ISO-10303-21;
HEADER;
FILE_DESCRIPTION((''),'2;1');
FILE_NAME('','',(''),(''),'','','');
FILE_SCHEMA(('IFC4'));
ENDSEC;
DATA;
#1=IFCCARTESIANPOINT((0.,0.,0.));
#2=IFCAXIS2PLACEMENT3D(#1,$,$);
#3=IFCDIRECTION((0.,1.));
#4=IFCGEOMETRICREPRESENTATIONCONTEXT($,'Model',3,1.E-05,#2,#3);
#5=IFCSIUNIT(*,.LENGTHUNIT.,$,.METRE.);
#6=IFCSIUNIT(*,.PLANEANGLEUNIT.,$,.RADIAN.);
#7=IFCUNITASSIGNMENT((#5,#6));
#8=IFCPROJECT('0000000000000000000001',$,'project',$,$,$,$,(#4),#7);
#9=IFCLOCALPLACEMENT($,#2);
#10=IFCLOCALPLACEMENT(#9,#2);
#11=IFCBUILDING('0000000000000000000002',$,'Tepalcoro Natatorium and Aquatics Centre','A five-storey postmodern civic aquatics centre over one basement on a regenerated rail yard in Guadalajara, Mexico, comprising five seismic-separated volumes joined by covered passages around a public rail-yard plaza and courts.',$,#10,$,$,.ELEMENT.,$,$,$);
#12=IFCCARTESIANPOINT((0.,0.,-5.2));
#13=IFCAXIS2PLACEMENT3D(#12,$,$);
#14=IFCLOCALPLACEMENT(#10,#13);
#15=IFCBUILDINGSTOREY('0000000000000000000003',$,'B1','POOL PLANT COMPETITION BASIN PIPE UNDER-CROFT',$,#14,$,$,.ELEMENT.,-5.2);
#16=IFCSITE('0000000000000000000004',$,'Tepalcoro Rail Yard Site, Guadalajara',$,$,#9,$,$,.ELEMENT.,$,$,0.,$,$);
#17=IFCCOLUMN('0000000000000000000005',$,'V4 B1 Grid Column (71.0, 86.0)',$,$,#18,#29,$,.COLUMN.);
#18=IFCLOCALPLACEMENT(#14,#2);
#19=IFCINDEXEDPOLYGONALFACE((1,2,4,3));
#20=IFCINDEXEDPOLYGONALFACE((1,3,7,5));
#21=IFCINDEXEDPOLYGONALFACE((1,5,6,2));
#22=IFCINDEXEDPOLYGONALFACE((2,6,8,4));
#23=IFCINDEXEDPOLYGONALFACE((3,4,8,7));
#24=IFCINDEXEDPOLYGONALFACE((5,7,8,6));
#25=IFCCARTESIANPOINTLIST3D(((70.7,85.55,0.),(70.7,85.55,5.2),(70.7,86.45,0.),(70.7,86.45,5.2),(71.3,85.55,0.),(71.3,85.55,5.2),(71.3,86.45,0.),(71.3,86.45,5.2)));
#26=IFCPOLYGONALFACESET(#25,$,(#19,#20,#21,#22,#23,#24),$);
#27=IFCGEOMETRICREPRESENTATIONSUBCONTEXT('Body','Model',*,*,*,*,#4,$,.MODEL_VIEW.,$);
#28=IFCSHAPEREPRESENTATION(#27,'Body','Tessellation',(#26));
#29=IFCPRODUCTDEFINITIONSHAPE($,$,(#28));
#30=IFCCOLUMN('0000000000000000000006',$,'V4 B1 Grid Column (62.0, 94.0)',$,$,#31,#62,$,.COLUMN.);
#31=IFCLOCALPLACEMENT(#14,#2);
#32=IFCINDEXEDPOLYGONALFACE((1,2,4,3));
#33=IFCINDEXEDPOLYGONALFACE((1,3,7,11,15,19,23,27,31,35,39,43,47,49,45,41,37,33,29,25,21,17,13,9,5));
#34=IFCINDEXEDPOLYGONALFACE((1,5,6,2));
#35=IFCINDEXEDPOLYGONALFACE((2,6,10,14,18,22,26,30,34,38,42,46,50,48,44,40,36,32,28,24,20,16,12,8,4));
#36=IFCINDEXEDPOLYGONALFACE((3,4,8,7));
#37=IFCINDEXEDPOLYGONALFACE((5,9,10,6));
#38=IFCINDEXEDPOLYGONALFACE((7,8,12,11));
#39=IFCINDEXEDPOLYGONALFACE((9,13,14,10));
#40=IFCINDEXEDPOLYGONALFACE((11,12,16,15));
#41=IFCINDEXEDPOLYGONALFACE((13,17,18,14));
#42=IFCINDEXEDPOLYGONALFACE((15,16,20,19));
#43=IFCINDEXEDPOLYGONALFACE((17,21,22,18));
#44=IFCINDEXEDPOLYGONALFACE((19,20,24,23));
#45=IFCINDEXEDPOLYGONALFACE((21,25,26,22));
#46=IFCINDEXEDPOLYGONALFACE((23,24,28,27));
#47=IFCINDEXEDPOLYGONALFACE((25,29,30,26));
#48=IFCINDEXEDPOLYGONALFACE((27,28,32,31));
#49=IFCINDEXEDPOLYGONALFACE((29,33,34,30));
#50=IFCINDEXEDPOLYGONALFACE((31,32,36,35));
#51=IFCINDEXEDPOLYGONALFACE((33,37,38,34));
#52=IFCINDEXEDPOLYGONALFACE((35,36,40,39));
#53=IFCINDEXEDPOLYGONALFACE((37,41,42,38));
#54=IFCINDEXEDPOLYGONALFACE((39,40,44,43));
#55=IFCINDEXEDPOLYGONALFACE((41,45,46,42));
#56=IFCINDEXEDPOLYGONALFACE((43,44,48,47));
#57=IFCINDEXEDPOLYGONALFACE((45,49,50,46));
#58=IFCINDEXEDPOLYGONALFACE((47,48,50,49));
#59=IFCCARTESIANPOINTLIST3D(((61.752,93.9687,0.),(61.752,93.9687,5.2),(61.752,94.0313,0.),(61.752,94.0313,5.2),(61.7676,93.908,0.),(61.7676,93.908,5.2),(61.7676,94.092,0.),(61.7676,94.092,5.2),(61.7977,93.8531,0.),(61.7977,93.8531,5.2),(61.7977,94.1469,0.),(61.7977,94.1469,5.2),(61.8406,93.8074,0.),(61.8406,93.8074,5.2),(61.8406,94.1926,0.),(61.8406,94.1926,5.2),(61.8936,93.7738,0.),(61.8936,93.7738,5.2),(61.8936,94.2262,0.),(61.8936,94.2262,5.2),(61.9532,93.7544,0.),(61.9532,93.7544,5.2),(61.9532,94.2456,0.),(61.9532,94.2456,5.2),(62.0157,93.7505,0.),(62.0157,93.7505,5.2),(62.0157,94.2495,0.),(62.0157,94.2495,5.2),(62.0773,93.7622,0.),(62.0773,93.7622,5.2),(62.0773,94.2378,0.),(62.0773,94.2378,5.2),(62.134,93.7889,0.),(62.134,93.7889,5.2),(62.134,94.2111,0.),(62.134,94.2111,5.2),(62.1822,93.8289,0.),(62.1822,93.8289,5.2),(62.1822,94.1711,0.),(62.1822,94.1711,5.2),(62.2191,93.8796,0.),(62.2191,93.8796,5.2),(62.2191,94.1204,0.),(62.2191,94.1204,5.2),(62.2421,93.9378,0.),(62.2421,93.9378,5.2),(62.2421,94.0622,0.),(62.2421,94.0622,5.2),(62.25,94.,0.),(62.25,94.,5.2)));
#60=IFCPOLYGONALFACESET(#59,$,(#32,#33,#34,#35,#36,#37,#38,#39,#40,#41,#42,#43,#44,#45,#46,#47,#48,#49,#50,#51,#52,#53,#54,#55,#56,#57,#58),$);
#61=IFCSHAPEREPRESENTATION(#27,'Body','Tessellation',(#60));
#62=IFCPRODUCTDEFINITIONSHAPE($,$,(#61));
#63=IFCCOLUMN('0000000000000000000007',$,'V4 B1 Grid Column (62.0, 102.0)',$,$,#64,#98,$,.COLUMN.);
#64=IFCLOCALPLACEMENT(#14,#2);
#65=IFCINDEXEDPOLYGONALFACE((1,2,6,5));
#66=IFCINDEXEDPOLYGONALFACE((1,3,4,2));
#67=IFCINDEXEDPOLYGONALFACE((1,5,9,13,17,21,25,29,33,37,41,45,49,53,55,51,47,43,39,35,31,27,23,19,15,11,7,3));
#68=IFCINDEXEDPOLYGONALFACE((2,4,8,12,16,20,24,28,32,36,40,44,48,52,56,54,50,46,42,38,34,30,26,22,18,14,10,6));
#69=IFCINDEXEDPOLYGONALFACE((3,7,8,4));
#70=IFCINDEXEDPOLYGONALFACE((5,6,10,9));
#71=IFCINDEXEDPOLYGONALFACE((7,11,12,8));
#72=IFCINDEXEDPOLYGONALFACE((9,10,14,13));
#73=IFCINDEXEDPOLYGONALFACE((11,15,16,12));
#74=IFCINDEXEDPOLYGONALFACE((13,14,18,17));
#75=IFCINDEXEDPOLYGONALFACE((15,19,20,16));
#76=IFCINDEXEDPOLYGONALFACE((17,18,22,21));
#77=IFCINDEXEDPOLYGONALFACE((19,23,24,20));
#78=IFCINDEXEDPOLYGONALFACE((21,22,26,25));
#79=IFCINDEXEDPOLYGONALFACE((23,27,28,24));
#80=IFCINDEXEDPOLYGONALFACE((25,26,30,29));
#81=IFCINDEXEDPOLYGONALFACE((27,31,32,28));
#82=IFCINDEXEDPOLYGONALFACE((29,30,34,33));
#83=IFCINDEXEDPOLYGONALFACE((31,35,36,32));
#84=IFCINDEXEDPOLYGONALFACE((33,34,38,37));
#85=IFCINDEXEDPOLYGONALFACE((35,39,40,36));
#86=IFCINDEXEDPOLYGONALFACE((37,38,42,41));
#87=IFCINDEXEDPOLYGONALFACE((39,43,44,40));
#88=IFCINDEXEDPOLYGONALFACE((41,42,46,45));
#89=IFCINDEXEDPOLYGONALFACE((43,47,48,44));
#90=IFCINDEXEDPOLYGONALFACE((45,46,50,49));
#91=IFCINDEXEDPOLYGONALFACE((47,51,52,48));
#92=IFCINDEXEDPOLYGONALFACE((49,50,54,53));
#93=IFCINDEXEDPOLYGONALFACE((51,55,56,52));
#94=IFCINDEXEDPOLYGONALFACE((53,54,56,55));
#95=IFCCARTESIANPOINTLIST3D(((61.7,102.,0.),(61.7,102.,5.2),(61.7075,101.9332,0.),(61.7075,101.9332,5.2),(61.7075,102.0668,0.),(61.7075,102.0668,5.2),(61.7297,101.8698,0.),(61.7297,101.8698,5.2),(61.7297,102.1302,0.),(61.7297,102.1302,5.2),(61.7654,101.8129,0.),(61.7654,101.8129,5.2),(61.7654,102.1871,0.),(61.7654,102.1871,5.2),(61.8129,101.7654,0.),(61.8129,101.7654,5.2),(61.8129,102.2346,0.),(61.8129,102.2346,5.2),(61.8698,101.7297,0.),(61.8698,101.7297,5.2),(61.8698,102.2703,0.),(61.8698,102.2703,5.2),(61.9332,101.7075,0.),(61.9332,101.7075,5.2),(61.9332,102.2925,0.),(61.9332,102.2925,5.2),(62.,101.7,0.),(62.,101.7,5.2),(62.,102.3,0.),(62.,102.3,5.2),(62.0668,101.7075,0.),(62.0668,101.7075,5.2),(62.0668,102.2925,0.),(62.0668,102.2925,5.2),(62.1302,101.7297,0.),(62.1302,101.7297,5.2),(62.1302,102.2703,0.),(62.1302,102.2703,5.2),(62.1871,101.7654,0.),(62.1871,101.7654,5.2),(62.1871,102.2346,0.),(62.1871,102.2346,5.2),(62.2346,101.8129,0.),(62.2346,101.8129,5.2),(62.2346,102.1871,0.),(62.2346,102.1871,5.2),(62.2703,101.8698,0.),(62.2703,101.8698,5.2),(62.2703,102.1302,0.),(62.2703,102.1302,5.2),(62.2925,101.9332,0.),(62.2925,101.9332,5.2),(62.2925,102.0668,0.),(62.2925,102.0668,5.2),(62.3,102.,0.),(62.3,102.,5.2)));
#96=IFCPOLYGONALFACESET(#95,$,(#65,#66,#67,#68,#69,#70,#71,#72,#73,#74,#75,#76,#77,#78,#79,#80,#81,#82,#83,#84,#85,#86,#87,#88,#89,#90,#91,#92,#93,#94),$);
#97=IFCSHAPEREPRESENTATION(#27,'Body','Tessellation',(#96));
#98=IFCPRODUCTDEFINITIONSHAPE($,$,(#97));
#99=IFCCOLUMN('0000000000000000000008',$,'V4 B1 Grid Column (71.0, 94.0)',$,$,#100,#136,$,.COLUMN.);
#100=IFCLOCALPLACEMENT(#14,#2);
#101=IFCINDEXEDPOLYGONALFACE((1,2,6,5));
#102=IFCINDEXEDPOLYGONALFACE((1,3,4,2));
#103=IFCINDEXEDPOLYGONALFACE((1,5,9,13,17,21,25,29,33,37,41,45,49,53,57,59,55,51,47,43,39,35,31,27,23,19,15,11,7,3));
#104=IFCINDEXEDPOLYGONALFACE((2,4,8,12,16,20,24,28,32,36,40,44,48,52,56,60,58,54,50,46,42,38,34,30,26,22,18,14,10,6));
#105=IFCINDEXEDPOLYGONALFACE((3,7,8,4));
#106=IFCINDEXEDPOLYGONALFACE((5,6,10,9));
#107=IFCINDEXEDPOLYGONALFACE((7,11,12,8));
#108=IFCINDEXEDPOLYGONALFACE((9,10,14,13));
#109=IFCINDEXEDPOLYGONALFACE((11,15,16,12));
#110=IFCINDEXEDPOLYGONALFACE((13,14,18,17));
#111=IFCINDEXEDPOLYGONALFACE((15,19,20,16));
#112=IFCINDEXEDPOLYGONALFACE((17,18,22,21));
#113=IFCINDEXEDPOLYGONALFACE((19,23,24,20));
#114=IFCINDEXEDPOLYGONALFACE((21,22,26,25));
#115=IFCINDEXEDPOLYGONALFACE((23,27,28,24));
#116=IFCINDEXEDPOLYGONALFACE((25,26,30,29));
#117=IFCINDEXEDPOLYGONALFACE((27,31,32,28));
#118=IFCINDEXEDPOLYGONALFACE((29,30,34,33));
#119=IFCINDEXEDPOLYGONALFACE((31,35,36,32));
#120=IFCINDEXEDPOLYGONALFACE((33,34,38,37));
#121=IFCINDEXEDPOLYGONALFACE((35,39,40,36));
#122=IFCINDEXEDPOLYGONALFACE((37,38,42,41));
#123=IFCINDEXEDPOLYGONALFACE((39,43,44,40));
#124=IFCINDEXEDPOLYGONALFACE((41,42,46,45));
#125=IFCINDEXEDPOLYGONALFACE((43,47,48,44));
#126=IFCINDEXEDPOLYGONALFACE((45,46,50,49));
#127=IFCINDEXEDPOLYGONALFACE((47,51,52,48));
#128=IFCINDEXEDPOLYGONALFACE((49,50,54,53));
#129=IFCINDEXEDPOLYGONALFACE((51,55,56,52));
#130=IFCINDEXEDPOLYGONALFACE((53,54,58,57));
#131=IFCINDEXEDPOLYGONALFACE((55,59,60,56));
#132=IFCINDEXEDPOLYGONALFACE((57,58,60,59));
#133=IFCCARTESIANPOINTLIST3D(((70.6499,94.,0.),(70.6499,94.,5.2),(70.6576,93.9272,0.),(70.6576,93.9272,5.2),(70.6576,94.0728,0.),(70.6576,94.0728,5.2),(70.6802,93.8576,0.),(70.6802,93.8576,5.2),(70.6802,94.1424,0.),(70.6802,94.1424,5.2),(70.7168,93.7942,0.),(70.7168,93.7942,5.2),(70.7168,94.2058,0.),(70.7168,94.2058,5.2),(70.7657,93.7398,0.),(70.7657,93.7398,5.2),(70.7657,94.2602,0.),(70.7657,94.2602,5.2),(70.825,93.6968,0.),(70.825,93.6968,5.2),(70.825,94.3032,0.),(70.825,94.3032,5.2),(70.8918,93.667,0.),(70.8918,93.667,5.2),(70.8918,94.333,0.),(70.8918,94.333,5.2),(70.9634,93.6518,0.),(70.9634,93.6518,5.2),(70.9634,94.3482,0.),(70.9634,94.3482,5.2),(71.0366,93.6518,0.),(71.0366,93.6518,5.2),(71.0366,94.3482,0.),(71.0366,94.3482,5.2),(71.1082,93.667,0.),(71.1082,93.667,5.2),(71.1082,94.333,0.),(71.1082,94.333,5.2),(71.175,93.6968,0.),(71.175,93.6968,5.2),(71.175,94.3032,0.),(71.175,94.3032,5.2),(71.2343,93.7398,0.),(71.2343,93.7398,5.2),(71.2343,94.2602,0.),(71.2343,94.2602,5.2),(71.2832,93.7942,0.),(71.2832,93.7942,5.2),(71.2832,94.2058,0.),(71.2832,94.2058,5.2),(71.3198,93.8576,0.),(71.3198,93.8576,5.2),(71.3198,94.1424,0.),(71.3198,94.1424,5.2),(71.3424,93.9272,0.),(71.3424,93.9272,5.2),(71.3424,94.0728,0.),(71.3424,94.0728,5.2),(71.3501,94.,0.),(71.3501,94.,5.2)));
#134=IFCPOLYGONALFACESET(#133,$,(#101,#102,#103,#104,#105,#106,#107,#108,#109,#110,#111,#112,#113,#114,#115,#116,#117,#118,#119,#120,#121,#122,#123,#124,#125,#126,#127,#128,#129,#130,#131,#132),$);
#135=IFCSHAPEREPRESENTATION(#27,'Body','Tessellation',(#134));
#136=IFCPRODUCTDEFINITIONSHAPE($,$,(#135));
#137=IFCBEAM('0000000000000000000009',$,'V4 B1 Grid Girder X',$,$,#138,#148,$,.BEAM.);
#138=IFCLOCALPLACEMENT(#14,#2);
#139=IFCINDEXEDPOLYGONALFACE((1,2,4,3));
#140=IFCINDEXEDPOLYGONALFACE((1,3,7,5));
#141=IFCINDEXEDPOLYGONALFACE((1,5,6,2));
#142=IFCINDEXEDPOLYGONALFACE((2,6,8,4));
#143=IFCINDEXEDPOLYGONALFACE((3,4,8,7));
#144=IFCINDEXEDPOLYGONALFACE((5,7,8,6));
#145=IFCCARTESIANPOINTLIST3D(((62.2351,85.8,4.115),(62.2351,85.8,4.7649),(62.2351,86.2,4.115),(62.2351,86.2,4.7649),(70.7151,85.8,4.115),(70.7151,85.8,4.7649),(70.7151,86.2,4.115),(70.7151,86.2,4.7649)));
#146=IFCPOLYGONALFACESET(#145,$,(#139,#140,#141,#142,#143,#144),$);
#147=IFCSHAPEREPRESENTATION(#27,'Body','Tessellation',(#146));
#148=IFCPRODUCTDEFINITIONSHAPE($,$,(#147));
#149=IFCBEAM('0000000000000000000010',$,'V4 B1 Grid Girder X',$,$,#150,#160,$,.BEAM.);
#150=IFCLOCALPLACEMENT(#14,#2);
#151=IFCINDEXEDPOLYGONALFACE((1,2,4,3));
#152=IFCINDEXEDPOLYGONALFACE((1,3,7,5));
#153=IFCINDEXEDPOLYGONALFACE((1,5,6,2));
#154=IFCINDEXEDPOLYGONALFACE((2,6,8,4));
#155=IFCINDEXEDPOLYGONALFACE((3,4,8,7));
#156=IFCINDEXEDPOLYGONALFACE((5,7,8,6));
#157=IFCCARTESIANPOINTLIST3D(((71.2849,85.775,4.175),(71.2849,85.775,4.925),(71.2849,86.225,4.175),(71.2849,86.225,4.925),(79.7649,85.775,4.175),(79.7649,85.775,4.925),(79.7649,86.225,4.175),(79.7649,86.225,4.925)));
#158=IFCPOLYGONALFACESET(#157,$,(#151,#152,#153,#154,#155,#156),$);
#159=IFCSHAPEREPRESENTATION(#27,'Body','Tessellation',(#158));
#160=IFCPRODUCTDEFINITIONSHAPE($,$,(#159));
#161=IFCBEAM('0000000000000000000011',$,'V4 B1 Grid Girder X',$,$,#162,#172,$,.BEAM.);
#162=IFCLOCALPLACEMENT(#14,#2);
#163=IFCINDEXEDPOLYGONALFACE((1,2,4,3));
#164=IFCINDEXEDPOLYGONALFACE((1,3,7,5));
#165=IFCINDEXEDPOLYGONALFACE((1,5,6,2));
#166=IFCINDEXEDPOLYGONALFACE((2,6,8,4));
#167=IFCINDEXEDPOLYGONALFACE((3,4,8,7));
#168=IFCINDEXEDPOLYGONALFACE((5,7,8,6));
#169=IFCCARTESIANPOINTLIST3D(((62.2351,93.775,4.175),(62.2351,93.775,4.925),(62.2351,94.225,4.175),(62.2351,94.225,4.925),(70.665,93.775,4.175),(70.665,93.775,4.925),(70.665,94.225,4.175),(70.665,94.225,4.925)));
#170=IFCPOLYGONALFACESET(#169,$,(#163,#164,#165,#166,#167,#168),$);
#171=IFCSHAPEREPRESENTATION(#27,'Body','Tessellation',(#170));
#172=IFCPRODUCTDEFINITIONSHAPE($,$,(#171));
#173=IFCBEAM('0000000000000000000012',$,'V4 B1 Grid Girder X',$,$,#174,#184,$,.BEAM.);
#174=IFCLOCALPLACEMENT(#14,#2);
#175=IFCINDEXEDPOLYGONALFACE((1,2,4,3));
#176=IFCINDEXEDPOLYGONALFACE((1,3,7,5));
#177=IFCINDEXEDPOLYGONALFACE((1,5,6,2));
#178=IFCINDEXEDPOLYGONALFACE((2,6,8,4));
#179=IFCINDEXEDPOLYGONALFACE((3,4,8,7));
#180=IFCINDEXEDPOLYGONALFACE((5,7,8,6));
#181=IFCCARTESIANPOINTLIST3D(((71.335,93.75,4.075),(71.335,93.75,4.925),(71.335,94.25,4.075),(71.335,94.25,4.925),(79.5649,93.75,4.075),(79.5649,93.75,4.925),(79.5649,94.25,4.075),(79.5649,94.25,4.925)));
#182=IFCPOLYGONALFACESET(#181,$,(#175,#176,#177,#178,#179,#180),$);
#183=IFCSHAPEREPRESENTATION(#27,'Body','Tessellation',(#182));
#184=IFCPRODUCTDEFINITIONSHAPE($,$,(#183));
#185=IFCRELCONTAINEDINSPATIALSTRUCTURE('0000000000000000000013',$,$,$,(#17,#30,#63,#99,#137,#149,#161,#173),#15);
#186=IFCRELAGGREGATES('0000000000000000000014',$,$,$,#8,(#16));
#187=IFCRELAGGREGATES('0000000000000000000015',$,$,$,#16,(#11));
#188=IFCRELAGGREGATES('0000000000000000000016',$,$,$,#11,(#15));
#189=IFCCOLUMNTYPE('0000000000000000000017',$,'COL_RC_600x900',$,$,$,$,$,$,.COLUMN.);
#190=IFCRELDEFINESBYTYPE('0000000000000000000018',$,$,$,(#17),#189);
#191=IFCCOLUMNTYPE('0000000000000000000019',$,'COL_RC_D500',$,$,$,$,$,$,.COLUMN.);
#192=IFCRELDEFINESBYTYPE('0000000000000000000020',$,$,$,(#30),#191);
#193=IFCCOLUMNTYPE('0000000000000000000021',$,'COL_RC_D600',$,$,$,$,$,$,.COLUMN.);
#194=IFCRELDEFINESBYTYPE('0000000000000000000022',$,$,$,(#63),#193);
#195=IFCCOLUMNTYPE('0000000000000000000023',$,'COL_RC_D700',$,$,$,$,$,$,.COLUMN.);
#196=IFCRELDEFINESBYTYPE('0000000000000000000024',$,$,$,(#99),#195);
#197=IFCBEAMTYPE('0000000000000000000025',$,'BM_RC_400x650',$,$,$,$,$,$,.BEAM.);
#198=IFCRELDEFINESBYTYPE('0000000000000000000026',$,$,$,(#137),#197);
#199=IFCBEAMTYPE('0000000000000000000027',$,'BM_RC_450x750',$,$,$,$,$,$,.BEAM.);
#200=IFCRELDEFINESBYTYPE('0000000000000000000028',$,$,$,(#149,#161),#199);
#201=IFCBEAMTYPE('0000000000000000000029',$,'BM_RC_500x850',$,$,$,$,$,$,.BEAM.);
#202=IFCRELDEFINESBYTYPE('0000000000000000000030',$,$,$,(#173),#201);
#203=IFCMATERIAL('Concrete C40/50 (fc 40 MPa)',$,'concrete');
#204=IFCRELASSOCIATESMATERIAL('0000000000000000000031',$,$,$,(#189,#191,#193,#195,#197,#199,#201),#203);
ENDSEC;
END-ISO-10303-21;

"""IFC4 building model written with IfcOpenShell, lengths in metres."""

from ifc_helpers import new_model, si_unit, direction, frame, origin, origin_2d, place, context, subcontext, project, spatial, rectangle, circle, extrude, material, material_profile, profile_set, type_object, element, save


model = new_model("IFC4")

# Units and contexts
model_context = context("Model", 3, precision=1e-05, world=origin(), true_north=direction((0.0, 1.0)))
body_context = subcontext(model_context, "Body", "Model", "MODEL_VIEW")
ifc_project = project(units=[si_unit("LENGTHUNIT", "METRE"), si_unit("PLANEANGLEUNIT", "RADIAN")], contexts=[model_context])

# Site, building, storey
site_placement = place(None, origin())
site = spatial("IfcSite", under=ifc_project, at=site_placement, Name="Tepalcoro Rail Yard Site, Guadalajara", CompositionType="ELEMENT", RefElevation=0.0)
building_placement = place(site_placement, origin())
building = spatial("IfcBuilding", under=site, at=building_placement, Name="Tepalcoro Natatorium and Aquatics Centre", Description="A five-storey postmodern civic aquatics centre over one basement on a regenerated rail yard in Guadalajara, Mexico, comprising five seismic-separated volumes joined by covered passages around a public rail-yard plaza and courts.", CompositionType="ELEMENT")
storey_placement = place(building_placement, frame((0.0, 0.0, -5.2)))
storey = spatial("IfcBuildingStorey", under=building, at=storey_placement, Name="B1", Description="POOL PLANT COMPETITION BASIN PIPE UNDER-CROFT", CompositionType="ELEMENT", Elevation=-5.2)

# Shared definitions
ifc_material_1 = material(Name="Concrete C40/50 (fc 40 MPa)", Category="concrete")

# Columns
ifc_material_profile_1 = material_profile(ifc_material_1, rectangle(XDim=0.6001, YDim=0.8999, at=origin_2d()), Name="RC600x900")
ifc_profile_set_1 = profile_set([ifc_material_profile_1], Name="Concrete C40/50 (fc 40 MPa)")
column_type_1 = type_object("IfcColumnType", Name="COL_RC_600x900", PredefinedType="COLUMN", material=ifc_profile_set_1)
column_1_placement = place(storey_placement, frame((71.0, 86.0, 0.0), z_axis=(0.0, 0.0, 1.0), x_axis=(1.0, 0.0, 0.0)))
element("IfcColumn", 1, at=column_1_placement, inside=storey, type_object=column_type_1, Name="V4 B1 Grid Column (71.0, 86.0)", PredefinedType="COLUMN", context=body_context, shape_type="SweptSolid", body=[
    extrude(rectangle(XDim=0.6001, YDim=0.8999, at=origin_2d()), origin(), (0.0, 0.0, 1.0), 5.2),
])
ifc_material_profile_2 = material_profile(ifc_material_1, circle(Radius=0.25, at=origin_2d()), Name="RCD500")
ifc_profile_set_2 = profile_set([ifc_material_profile_2], Name="Concrete C40/50 (fc 40 MPa)")
column_type_2 = type_object("IfcColumnType", Name="COL_RC_D500", PredefinedType="COLUMN", material=ifc_profile_set_2)
column_2_placement = place(storey_placement, frame((62.0, 94.0, 0.0), z_axis=(0.0, 0.0, 1.0), x_axis=(1.0, 0.0, 0.0)))
element("IfcColumn", 2, at=column_2_placement, inside=storey, type_object=column_type_2, Name="V4 B1 Grid Column (62.0, 94.0)", PredefinedType="COLUMN", context=body_context, shape_type="SweptSolid", body=[
    extrude(circle(Radius=0.25, at=origin_2d()), origin(), (0.0, 0.0, 1.0), 5.2),
])
ifc_material_profile_3 = material_profile(ifc_material_1, circle(Radius=0.3, at=origin_2d()), Name="RCD600")
ifc_profile_set_3 = profile_set([ifc_material_profile_3], Name="Concrete C40/50 (fc 40 MPa)")
column_type_3 = type_object("IfcColumnType", Name="COL_RC_D600", PredefinedType="COLUMN", material=ifc_profile_set_3)
column_3_placement = place(storey_placement, frame((62.0, 102.0, 0.0), z_axis=(0.0, 0.0, 1.0), x_axis=(1.0, 0.0, 0.0)))
element("IfcColumn", 3, at=column_3_placement, inside=storey, type_object=column_type_3, Name="V4 B1 Grid Column (62.0, 102.0)", PredefinedType="COLUMN", context=body_context, shape_type="SweptSolid", body=[
    extrude(circle(Radius=0.3, at=origin_2d()), origin(), (0.0, 0.0, 1.0), 5.2),
])
ifc_material_profile_4 = material_profile(ifc_material_1, circle(Radius=0.3501, at=origin_2d()), Name="RCD700")
ifc_profile_set_4 = profile_set([ifc_material_profile_4], Name="Concrete C40/50 (fc 40 MPa)")
column_type_4 = type_object("IfcColumnType", Name="COL_RC_D700", PredefinedType="COLUMN", material=ifc_profile_set_4)
column_4_placement = place(storey_placement, frame((71.0, 94.0, 0.0), z_axis=(0.0, 0.0, 1.0), x_axis=(1.0, 0.0, 0.0)))
element("IfcColumn", 4, at=column_4_placement, inside=storey, type_object=column_type_4, Name="V4 B1 Grid Column (71.0, 94.0)", PredefinedType="COLUMN", context=body_context, shape_type="SweptSolid", body=[
    extrude(circle(Radius=0.3501, at=origin_2d()), origin(), (0.0, 0.0, 1.0), 5.2),
])

# Beams
ifc_material_profile_5 = material_profile(ifc_material_1, rectangle(XDim=0.3999, YDim=0.6499, at=origin_2d()), Name="RCB400x650")
ifc_profile_set_5 = profile_set([ifc_material_profile_5], Name="Concrete C40/50 (fc 40 MPa)")
beam_type_1 = type_object("IfcBeamType", Name="BM_RC_400x650", PredefinedType="BEAM", material=ifc_profile_set_5)
beam_1_placement = place(storey_placement, frame((62.2351, 86.0, 4.4399), z_axis=(1.0, 0.0, 0.0), x_axis=(0.0, 1.0, 0.0)))
element("IfcBeam", 5, at=beam_1_placement, inside=storey, type_object=beam_type_1, Name="V4 B1 Grid Girder X", PredefinedType="BEAM", context=body_context, shape_type="SweptSolid", body=[
    extrude(rectangle(XDim=0.3999, YDim=0.6499, at=origin_2d()), origin(), (0.0, 0.0, 1.0), 8.48),
])
ifc_material_profile_6 = material_profile(ifc_material_1, rectangle(XDim=0.45, YDim=0.75, at=origin_2d()), Name="RCB450x750")
ifc_profile_set_6 = profile_set([ifc_material_profile_6], Name="Concrete C40/50 (fc 40 MPa)")
beam_type_2 = type_object("IfcBeamType", Name="BM_RC_450x750", PredefinedType="BEAM", material=ifc_profile_set_6)
beam_2_placement = place(storey_placement, frame((71.2849, 86.0, 4.55), z_axis=(1.0, 0.0, 0.0), x_axis=(0.0, 1.0, 0.0)))
element("IfcBeam", 6, at=beam_2_placement, inside=storey, type_object=beam_type_2, Name="V4 B1 Grid Girder X", PredefinedType="BEAM", context=body_context, shape_type="SweptSolid", body=[
    extrude(rectangle(XDim=0.45, YDim=0.75, at=origin_2d()), origin(), (0.0, 0.0, 1.0), 8.48),
])
beam_3_placement = place(storey_placement, frame((62.2351, 94.0, 4.55), z_axis=(1.0, 0.0, 0.0), x_axis=(0.0, 1.0, 0.0)))
element("IfcBeam", 7, at=beam_3_placement, inside=storey, type_object=beam_type_2, Name="V4 B1 Grid Girder X", PredefinedType="BEAM", context=body_context, shape_type="SweptSolid", body=[
    extrude(rectangle(XDim=0.45, YDim=0.75, at=origin_2d()), origin(), (0.0, 0.0, 1.0), 8.4299),
])
ifc_material_profile_7 = material_profile(ifc_material_1, rectangle(XDim=0.5, YDim=0.8501, at=origin_2d()), Name="RCB500x850")
ifc_profile_set_7 = profile_set([ifc_material_profile_7], Name="Concrete C40/50 (fc 40 MPa)")
beam_type_3 = type_object("IfcBeamType", Name="BM_RC_500x850", PredefinedType="BEAM", material=ifc_profile_set_7)
beam_4_placement = place(storey_placement, frame((71.335, 94.0, 4.5), z_axis=(1.0, 0.0, 0.0), x_axis=(0.0, 1.0, 0.0)))
element("IfcBeam", 8, at=beam_4_placement, inside=storey, type_object=beam_type_3, Name="V4 B1 Grid Girder X", PredefinedType="BEAM", context=body_context, shape_type="SweptSolid", body=[
    extrude(rectangle(XDim=0.5, YDim=0.8501, at=origin_2d()), origin(), (0.0, 0.0, 1.0), 8.23),
])

save(model, "model.ifc")
